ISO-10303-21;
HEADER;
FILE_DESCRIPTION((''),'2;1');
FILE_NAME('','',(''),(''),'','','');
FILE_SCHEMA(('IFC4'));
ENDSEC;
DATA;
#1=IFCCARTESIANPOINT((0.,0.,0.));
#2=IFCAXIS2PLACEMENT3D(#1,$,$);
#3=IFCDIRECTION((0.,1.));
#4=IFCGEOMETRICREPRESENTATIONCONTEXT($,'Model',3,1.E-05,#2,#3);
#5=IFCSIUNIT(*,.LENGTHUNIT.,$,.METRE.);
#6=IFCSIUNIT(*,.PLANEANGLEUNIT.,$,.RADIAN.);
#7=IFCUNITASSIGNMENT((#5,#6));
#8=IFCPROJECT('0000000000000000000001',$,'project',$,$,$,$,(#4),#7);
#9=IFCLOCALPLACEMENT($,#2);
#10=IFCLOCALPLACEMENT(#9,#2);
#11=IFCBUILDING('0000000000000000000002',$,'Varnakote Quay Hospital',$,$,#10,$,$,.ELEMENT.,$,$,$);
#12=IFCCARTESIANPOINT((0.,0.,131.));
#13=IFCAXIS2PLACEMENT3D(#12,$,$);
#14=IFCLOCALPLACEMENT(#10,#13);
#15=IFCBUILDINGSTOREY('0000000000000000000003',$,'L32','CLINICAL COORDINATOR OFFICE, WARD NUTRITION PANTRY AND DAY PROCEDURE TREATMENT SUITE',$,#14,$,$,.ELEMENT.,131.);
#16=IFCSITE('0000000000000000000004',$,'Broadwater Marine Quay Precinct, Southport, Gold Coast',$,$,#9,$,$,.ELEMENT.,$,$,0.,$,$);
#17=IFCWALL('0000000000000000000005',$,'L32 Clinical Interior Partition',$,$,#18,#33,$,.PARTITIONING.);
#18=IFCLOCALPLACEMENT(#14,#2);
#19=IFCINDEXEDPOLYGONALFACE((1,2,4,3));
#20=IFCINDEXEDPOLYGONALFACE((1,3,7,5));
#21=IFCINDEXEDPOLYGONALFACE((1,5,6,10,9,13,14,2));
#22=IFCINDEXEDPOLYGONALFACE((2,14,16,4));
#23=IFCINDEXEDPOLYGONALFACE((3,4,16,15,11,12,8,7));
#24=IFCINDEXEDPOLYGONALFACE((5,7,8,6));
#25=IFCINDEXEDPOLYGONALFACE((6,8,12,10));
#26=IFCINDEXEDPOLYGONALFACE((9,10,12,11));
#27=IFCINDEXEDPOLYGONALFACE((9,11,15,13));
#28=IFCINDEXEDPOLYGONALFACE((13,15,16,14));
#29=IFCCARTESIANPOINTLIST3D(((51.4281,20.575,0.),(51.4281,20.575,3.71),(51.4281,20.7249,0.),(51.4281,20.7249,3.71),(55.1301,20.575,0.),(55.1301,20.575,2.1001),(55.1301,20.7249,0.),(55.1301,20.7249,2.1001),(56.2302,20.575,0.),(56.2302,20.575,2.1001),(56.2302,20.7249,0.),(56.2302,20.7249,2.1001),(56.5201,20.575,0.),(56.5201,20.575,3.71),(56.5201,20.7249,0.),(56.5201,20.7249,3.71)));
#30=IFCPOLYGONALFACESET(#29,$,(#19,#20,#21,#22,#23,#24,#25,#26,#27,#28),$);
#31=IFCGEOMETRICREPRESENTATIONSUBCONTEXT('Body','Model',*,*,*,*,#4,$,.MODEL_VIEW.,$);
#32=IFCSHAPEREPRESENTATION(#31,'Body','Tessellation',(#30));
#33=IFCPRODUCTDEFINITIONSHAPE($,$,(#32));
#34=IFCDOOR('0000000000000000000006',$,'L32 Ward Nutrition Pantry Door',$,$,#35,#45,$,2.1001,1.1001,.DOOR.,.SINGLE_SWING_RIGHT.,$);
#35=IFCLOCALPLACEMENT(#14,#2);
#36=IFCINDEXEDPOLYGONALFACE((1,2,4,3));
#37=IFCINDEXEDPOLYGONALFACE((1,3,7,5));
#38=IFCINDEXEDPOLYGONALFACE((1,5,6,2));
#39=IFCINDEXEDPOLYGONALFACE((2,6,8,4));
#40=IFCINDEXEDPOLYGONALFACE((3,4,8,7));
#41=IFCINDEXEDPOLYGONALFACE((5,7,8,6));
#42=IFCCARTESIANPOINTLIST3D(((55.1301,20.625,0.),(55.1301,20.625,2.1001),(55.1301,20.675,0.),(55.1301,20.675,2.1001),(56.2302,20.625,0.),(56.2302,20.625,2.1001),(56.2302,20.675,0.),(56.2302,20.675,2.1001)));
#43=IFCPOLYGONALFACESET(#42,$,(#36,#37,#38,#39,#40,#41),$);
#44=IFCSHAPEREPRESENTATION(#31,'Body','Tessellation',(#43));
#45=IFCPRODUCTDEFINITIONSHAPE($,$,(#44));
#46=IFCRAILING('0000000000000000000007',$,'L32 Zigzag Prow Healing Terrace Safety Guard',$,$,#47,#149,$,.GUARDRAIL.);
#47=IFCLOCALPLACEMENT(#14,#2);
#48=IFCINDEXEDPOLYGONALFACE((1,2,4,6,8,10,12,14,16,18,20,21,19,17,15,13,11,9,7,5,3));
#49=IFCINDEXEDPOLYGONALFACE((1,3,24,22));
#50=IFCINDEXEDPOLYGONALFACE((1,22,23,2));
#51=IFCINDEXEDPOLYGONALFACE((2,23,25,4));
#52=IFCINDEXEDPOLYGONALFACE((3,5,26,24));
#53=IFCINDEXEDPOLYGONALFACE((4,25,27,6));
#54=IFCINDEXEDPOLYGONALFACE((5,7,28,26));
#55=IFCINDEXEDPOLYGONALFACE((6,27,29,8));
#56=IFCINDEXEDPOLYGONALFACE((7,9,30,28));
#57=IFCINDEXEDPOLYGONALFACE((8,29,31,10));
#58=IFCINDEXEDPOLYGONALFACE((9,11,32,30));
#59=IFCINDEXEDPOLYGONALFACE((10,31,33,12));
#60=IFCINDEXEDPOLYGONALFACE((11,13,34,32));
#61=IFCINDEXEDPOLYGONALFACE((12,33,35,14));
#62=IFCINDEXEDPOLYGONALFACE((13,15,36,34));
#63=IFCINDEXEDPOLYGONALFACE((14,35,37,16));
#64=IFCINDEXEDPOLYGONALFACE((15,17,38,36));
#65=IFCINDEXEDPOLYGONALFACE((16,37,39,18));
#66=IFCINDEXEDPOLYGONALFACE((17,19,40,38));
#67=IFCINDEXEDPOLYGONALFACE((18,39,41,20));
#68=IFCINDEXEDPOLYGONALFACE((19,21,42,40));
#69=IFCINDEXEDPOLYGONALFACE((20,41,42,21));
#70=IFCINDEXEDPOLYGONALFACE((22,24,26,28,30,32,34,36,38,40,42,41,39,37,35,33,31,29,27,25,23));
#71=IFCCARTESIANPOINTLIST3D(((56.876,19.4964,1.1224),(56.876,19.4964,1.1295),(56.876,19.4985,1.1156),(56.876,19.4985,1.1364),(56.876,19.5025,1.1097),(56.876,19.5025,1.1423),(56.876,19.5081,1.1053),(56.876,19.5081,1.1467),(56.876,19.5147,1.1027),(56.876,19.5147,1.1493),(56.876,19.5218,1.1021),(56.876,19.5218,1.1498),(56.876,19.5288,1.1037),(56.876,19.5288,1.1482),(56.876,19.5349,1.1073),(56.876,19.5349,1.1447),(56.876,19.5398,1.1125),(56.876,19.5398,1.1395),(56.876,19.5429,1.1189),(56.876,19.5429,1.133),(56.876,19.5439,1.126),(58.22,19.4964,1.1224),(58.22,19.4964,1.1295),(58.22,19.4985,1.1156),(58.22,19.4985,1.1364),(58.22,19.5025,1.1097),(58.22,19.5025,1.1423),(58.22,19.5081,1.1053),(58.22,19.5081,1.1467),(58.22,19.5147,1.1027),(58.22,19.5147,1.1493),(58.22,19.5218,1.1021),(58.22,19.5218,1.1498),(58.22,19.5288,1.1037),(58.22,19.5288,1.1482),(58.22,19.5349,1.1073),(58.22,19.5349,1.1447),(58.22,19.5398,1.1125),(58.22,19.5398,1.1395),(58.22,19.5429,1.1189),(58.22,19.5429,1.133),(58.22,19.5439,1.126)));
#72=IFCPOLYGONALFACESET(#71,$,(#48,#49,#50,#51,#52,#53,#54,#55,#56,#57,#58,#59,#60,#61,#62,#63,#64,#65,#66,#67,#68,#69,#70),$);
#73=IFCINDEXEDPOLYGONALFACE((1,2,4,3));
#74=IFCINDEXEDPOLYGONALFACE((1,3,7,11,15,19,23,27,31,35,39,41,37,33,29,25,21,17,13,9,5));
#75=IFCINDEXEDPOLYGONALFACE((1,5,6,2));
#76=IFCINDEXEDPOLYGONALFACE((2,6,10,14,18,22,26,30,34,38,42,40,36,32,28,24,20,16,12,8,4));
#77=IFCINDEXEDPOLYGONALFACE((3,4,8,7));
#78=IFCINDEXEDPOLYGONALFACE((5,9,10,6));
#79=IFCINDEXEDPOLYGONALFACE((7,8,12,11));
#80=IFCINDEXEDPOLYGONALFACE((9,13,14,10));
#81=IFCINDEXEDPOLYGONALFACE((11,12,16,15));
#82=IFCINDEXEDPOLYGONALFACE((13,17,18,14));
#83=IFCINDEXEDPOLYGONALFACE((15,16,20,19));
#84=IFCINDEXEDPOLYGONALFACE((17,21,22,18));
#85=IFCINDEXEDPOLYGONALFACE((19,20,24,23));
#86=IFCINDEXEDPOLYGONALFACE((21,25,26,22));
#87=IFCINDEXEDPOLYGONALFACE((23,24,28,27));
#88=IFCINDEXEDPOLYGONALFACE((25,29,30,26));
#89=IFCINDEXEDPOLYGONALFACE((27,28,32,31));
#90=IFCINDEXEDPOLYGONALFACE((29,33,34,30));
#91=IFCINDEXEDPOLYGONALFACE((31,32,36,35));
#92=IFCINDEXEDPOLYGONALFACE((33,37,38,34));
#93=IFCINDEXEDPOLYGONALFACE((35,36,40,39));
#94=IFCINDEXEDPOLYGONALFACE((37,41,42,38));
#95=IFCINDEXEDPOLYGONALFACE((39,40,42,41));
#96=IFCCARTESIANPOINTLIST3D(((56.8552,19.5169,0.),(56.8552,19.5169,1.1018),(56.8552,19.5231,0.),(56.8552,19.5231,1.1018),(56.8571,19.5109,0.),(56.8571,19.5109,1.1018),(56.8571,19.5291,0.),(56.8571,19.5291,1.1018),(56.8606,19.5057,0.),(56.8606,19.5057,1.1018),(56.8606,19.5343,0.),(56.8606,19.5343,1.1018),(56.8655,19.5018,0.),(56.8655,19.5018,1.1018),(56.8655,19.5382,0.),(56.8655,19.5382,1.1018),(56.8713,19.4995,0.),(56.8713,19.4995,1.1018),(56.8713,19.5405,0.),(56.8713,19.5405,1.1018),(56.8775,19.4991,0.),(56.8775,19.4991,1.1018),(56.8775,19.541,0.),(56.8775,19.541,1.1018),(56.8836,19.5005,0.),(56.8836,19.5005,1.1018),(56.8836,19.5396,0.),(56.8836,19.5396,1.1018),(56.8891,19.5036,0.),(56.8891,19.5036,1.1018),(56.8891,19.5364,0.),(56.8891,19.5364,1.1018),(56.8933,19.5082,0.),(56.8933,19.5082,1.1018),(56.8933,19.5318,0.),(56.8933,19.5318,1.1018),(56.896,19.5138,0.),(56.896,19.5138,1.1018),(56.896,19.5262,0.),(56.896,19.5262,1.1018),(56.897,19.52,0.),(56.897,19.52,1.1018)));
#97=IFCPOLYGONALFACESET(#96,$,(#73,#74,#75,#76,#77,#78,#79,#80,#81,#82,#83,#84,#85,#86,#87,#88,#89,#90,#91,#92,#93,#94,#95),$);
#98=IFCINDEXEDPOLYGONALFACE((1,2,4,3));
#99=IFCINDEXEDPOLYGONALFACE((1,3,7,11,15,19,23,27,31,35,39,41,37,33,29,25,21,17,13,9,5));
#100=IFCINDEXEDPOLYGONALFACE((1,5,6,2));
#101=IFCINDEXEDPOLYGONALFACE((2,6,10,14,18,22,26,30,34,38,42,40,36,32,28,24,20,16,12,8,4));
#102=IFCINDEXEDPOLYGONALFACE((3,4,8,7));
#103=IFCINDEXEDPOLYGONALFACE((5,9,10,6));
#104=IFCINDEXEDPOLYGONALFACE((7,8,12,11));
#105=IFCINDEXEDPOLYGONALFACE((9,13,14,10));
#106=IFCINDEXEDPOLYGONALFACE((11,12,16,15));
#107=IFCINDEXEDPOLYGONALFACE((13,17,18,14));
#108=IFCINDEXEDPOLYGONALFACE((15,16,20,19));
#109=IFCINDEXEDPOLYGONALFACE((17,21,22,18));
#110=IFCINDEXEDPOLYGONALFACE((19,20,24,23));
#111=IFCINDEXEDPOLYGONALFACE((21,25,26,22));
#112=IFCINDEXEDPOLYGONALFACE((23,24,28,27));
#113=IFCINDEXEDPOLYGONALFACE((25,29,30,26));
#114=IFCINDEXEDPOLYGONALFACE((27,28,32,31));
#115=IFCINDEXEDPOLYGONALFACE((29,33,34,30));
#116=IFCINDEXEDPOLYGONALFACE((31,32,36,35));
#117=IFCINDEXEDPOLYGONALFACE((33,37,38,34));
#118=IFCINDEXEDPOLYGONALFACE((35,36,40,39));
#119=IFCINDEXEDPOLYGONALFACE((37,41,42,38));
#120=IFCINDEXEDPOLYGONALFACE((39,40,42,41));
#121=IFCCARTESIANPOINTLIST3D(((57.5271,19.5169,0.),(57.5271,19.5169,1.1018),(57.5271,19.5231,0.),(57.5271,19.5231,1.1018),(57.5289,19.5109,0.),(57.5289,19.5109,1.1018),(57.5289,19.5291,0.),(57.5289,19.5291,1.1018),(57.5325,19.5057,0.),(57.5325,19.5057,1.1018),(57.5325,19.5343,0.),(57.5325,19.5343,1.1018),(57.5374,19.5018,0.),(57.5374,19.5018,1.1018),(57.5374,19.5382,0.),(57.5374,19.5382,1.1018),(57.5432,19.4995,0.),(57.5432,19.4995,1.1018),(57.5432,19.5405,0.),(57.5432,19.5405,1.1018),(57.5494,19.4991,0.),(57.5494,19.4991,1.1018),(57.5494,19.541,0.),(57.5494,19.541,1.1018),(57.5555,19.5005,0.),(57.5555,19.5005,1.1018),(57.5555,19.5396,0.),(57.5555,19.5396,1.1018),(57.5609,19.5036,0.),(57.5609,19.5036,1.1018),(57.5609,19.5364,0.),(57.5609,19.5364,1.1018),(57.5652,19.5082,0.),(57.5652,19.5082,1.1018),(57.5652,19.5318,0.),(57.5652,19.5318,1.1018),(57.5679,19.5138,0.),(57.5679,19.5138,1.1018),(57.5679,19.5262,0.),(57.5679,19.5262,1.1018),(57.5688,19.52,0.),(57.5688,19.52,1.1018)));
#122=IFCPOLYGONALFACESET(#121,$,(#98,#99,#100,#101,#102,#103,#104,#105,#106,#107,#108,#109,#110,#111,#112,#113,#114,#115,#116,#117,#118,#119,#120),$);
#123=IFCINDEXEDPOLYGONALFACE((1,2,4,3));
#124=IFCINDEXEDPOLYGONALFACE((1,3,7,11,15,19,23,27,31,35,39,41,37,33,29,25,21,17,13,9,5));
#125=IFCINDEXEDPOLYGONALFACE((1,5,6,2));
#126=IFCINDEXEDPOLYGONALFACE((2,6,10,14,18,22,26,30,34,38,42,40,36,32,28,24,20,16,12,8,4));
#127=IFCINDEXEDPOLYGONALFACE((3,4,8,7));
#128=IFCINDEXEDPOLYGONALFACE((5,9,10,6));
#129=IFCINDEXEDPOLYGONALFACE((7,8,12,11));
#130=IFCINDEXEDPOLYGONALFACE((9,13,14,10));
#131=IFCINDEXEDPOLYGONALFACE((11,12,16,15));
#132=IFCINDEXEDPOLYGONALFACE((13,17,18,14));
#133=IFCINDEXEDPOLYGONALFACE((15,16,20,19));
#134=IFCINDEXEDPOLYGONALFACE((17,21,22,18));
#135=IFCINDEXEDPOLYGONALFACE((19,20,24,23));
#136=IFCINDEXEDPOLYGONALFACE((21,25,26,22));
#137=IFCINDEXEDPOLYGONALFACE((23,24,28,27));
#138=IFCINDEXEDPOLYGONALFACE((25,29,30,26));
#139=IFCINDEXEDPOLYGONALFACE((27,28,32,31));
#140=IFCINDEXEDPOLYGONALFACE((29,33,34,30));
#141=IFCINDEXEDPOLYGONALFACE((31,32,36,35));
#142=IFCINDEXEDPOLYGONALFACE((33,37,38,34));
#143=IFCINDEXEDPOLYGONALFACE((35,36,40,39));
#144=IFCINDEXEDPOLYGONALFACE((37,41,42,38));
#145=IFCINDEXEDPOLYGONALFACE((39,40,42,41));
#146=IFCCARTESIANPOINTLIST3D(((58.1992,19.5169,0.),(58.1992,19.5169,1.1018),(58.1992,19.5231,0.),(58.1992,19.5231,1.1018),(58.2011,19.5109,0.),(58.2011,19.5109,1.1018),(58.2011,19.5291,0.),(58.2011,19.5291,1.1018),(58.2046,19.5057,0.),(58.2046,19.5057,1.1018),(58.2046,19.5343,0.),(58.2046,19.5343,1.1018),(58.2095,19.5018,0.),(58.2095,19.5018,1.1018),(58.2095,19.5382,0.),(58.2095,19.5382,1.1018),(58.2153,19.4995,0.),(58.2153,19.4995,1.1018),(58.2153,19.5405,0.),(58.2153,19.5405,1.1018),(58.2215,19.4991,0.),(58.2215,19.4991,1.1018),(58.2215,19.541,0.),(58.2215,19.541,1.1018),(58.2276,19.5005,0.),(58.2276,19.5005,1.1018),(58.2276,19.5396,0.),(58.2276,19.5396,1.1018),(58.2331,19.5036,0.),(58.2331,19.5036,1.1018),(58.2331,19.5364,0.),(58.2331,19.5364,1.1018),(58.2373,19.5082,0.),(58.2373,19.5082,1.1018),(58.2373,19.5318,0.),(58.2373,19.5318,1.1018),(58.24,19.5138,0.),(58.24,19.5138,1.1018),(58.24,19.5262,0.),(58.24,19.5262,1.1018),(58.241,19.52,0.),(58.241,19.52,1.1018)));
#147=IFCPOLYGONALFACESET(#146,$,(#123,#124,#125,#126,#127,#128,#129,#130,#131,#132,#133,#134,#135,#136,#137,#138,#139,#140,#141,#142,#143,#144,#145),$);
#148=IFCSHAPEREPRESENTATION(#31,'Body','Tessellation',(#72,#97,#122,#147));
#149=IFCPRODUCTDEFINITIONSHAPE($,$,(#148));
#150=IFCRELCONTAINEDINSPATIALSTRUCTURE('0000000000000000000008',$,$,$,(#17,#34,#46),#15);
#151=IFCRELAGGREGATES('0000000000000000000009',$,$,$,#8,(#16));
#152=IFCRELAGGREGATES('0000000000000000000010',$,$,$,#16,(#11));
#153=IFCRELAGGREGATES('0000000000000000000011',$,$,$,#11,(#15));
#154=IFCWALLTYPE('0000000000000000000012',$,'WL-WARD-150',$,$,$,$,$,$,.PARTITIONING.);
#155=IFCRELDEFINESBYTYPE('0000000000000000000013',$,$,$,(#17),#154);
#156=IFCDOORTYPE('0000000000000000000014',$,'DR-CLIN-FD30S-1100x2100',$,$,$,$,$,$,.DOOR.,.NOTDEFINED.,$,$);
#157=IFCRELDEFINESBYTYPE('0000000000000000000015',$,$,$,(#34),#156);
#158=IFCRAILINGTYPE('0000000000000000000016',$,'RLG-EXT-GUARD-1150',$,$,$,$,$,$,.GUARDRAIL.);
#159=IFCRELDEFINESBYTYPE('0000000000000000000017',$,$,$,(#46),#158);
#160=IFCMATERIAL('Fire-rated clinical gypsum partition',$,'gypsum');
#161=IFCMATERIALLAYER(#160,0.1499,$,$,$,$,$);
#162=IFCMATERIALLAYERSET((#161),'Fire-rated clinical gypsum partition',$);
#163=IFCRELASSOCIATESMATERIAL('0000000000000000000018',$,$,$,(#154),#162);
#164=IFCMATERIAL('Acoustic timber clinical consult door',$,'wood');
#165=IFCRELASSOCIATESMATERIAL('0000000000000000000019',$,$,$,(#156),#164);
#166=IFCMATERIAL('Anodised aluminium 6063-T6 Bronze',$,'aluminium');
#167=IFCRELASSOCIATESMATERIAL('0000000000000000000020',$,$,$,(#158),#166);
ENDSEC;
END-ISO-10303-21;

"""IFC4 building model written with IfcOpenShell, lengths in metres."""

from ifc_helpers import new_model, si_unit, direction, frame, frame_2d, origin, origin_2d, place, context, subcontext, project, spatial, rectangle, circle, extrude, material, layer, layer_set, type_object, element, fill, save


model = new_model("IFC4")

# Units and contexts
model_context = context("Model", 3, precision=1e-05, world=origin(), true_north=direction((0.0, 1.0)))
body_context = subcontext(model_context, "Body", "Model", "MODEL_VIEW")
ifc_project = project(units=[si_unit("LENGTHUNIT", "METRE"), si_unit("PLANEANGLEUNIT", "RADIAN")], contexts=[model_context])

# Site, building, storey
site_placement = place(None, origin())
site = spatial("IfcSite", under=ifc_project, at=site_placement, Name="Broadwater Marine Quay Precinct, Southport, Gold Coast", CompositionType="ELEMENT", RefElevation=0.0)
building_placement = place(site_placement, origin())
building = spatial("IfcBuilding", under=site, at=building_placement, Name="Varnakote Quay Hospital", CompositionType="ELEMENT")
storey_placement = place(building_placement, frame((0.0, 0.0, 131.0)))
storey = spatial("IfcBuildingStorey", under=building, at=storey_placement, Name="L32", Description="CLINICAL COORDINATOR OFFICE, WARD NUTRITION PANTRY AND DAY PROCEDURE TREATMENT SUITE", CompositionType="ELEMENT", Elevation=131.0)

# Shared definitions
ifc_material_1 = material(Name="Fire-rated clinical gypsum partition", Category="gypsum")
ifc_layer_1 = layer(ifc_material_1, 0.1499)
ifc_layer_set_1 = layer_set([ifc_layer_1], Name="Fire-rated clinical gypsum partition")
wall_type_1 = type_object("IfcWallType", Name="WL-WARD-150", PredefinedType="PARTITIONING", material=ifc_layer_set_1)
ifc_material_2 = material(Name="Acoustic timber clinical consult door", Category="wood")
door_type_1 = type_object("IfcDoorType", Name="DR-CLIN-FD30S-1100x2100", OperationType="NOTDEFINED", PredefinedType="DOOR", material=ifc_material_2)

# Wall, opening, door
wall_1_placement = place(storey_placement, frame((56.52, 20.6499, 0.0), z_axis=(0.0, 0.0, 1.0), x_axis=(-1.0, 0.0, 0.0)))
wall_1 = element("IfcWall", 1, at=wall_1_placement, inside=storey, type_object=wall_type_1, Name="L32 Clinical Interior Partition", PredefinedType="PARTITIONING", context=body_context, shape_type="SweptSolid", body=[
    extrude(rectangle(XDim=5.092, YDim=0.1499, at=frame_2d((2.5459, 0.0))), origin(), (0.0, 0.0, 1.0), 3.71),
])
opening_1_placement = place(wall_1_placement, frame((0.2898, 0.0, 0.0)))
opening_1 = element("IfcOpeningElement", 2, at=opening_1_placement, cuts=wall_1, PredefinedType="OPENING", context=body_context, shape_type="SweptSolid", body=[
    extrude(rectangle(XDim=1.1001, YDim=2.1001, at=frame_2d((0.55, 1.05))), frame((0.0, 0.085, 0.0), z_axis=(0.0, -1.0, 0.0), x_axis=(1.0, 0.0, 0.0)), (0.0, 0.0, 1.0), 0.1699),
])
door_1_placement = place(opening_1_placement, origin())
door_1 = element("IfcDoor", 3, at=door_1_placement, inside=storey, type_object=door_type_1, Name="L32 Ward Nutrition Pantry Door", OperationType="SINGLE_SWING_RIGHT", OverallHeight=2.1001, OverallWidth=1.1001, PredefinedType="DOOR", context=body_context, shape_type="SweptSolid", body=[
    extrude(rectangle(XDim=1.1001, YDim=2.1001, at=frame_2d((0.55, 1.05))), frame((0.0, 0.0249, 0.0), z_axis=(0.0, -1.0, 0.0), x_axis=(1.0, 0.0, 0.0)), (0.0, 0.0, 1.0), 0.05),
])
fill(opening_1, door_1)

# Railing
ifc_material_3 = material(Name="Anodised aluminium 6063-T6 Bronze", Category="aluminium")
railing_type = type_object("IfcRailingType", Name="RLG-EXT-GUARD-1150", PredefinedType="GUARDRAIL", material=ifc_material_3)
railing_1_placement = place(storey_placement, frame((56.876, 19.52, 0.0)))
element("IfcRailing", 4, at=railing_1_placement, inside=storey, type_object=railing_type, Name="L32 Zigzag Prow Healing Terrace Safety Guard", PredefinedType="GUARDRAIL", context=body_context, shape_type="SweptSolid", body=[
    extrude(circle(Radius=0.0239, at=origin_2d()), frame((0.0, 0.0, 1.126), z_axis=(1.0, 0.0, 0.0), x_axis=(0.0, 1.0, 0.0)), (0.0, 0.0, 1.0), 1.344),
    extrude(circle(Radius=0.021, at=origin_2d()), origin(), (0.0, 0.0, 1.0), 1.1018),
    extrude(circle(Radius=0.021, at=origin_2d()), frame((0.6719, 0.0, 0.0)), (0.0, 0.0, 1.0), 1.1018),
    extrude(circle(Radius=0.021, at=origin_2d()), frame((1.344, 0.0, 0.0)), (0.0, 0.0, 1.0), 1.1018),
])

save(model, "model.ifc")
